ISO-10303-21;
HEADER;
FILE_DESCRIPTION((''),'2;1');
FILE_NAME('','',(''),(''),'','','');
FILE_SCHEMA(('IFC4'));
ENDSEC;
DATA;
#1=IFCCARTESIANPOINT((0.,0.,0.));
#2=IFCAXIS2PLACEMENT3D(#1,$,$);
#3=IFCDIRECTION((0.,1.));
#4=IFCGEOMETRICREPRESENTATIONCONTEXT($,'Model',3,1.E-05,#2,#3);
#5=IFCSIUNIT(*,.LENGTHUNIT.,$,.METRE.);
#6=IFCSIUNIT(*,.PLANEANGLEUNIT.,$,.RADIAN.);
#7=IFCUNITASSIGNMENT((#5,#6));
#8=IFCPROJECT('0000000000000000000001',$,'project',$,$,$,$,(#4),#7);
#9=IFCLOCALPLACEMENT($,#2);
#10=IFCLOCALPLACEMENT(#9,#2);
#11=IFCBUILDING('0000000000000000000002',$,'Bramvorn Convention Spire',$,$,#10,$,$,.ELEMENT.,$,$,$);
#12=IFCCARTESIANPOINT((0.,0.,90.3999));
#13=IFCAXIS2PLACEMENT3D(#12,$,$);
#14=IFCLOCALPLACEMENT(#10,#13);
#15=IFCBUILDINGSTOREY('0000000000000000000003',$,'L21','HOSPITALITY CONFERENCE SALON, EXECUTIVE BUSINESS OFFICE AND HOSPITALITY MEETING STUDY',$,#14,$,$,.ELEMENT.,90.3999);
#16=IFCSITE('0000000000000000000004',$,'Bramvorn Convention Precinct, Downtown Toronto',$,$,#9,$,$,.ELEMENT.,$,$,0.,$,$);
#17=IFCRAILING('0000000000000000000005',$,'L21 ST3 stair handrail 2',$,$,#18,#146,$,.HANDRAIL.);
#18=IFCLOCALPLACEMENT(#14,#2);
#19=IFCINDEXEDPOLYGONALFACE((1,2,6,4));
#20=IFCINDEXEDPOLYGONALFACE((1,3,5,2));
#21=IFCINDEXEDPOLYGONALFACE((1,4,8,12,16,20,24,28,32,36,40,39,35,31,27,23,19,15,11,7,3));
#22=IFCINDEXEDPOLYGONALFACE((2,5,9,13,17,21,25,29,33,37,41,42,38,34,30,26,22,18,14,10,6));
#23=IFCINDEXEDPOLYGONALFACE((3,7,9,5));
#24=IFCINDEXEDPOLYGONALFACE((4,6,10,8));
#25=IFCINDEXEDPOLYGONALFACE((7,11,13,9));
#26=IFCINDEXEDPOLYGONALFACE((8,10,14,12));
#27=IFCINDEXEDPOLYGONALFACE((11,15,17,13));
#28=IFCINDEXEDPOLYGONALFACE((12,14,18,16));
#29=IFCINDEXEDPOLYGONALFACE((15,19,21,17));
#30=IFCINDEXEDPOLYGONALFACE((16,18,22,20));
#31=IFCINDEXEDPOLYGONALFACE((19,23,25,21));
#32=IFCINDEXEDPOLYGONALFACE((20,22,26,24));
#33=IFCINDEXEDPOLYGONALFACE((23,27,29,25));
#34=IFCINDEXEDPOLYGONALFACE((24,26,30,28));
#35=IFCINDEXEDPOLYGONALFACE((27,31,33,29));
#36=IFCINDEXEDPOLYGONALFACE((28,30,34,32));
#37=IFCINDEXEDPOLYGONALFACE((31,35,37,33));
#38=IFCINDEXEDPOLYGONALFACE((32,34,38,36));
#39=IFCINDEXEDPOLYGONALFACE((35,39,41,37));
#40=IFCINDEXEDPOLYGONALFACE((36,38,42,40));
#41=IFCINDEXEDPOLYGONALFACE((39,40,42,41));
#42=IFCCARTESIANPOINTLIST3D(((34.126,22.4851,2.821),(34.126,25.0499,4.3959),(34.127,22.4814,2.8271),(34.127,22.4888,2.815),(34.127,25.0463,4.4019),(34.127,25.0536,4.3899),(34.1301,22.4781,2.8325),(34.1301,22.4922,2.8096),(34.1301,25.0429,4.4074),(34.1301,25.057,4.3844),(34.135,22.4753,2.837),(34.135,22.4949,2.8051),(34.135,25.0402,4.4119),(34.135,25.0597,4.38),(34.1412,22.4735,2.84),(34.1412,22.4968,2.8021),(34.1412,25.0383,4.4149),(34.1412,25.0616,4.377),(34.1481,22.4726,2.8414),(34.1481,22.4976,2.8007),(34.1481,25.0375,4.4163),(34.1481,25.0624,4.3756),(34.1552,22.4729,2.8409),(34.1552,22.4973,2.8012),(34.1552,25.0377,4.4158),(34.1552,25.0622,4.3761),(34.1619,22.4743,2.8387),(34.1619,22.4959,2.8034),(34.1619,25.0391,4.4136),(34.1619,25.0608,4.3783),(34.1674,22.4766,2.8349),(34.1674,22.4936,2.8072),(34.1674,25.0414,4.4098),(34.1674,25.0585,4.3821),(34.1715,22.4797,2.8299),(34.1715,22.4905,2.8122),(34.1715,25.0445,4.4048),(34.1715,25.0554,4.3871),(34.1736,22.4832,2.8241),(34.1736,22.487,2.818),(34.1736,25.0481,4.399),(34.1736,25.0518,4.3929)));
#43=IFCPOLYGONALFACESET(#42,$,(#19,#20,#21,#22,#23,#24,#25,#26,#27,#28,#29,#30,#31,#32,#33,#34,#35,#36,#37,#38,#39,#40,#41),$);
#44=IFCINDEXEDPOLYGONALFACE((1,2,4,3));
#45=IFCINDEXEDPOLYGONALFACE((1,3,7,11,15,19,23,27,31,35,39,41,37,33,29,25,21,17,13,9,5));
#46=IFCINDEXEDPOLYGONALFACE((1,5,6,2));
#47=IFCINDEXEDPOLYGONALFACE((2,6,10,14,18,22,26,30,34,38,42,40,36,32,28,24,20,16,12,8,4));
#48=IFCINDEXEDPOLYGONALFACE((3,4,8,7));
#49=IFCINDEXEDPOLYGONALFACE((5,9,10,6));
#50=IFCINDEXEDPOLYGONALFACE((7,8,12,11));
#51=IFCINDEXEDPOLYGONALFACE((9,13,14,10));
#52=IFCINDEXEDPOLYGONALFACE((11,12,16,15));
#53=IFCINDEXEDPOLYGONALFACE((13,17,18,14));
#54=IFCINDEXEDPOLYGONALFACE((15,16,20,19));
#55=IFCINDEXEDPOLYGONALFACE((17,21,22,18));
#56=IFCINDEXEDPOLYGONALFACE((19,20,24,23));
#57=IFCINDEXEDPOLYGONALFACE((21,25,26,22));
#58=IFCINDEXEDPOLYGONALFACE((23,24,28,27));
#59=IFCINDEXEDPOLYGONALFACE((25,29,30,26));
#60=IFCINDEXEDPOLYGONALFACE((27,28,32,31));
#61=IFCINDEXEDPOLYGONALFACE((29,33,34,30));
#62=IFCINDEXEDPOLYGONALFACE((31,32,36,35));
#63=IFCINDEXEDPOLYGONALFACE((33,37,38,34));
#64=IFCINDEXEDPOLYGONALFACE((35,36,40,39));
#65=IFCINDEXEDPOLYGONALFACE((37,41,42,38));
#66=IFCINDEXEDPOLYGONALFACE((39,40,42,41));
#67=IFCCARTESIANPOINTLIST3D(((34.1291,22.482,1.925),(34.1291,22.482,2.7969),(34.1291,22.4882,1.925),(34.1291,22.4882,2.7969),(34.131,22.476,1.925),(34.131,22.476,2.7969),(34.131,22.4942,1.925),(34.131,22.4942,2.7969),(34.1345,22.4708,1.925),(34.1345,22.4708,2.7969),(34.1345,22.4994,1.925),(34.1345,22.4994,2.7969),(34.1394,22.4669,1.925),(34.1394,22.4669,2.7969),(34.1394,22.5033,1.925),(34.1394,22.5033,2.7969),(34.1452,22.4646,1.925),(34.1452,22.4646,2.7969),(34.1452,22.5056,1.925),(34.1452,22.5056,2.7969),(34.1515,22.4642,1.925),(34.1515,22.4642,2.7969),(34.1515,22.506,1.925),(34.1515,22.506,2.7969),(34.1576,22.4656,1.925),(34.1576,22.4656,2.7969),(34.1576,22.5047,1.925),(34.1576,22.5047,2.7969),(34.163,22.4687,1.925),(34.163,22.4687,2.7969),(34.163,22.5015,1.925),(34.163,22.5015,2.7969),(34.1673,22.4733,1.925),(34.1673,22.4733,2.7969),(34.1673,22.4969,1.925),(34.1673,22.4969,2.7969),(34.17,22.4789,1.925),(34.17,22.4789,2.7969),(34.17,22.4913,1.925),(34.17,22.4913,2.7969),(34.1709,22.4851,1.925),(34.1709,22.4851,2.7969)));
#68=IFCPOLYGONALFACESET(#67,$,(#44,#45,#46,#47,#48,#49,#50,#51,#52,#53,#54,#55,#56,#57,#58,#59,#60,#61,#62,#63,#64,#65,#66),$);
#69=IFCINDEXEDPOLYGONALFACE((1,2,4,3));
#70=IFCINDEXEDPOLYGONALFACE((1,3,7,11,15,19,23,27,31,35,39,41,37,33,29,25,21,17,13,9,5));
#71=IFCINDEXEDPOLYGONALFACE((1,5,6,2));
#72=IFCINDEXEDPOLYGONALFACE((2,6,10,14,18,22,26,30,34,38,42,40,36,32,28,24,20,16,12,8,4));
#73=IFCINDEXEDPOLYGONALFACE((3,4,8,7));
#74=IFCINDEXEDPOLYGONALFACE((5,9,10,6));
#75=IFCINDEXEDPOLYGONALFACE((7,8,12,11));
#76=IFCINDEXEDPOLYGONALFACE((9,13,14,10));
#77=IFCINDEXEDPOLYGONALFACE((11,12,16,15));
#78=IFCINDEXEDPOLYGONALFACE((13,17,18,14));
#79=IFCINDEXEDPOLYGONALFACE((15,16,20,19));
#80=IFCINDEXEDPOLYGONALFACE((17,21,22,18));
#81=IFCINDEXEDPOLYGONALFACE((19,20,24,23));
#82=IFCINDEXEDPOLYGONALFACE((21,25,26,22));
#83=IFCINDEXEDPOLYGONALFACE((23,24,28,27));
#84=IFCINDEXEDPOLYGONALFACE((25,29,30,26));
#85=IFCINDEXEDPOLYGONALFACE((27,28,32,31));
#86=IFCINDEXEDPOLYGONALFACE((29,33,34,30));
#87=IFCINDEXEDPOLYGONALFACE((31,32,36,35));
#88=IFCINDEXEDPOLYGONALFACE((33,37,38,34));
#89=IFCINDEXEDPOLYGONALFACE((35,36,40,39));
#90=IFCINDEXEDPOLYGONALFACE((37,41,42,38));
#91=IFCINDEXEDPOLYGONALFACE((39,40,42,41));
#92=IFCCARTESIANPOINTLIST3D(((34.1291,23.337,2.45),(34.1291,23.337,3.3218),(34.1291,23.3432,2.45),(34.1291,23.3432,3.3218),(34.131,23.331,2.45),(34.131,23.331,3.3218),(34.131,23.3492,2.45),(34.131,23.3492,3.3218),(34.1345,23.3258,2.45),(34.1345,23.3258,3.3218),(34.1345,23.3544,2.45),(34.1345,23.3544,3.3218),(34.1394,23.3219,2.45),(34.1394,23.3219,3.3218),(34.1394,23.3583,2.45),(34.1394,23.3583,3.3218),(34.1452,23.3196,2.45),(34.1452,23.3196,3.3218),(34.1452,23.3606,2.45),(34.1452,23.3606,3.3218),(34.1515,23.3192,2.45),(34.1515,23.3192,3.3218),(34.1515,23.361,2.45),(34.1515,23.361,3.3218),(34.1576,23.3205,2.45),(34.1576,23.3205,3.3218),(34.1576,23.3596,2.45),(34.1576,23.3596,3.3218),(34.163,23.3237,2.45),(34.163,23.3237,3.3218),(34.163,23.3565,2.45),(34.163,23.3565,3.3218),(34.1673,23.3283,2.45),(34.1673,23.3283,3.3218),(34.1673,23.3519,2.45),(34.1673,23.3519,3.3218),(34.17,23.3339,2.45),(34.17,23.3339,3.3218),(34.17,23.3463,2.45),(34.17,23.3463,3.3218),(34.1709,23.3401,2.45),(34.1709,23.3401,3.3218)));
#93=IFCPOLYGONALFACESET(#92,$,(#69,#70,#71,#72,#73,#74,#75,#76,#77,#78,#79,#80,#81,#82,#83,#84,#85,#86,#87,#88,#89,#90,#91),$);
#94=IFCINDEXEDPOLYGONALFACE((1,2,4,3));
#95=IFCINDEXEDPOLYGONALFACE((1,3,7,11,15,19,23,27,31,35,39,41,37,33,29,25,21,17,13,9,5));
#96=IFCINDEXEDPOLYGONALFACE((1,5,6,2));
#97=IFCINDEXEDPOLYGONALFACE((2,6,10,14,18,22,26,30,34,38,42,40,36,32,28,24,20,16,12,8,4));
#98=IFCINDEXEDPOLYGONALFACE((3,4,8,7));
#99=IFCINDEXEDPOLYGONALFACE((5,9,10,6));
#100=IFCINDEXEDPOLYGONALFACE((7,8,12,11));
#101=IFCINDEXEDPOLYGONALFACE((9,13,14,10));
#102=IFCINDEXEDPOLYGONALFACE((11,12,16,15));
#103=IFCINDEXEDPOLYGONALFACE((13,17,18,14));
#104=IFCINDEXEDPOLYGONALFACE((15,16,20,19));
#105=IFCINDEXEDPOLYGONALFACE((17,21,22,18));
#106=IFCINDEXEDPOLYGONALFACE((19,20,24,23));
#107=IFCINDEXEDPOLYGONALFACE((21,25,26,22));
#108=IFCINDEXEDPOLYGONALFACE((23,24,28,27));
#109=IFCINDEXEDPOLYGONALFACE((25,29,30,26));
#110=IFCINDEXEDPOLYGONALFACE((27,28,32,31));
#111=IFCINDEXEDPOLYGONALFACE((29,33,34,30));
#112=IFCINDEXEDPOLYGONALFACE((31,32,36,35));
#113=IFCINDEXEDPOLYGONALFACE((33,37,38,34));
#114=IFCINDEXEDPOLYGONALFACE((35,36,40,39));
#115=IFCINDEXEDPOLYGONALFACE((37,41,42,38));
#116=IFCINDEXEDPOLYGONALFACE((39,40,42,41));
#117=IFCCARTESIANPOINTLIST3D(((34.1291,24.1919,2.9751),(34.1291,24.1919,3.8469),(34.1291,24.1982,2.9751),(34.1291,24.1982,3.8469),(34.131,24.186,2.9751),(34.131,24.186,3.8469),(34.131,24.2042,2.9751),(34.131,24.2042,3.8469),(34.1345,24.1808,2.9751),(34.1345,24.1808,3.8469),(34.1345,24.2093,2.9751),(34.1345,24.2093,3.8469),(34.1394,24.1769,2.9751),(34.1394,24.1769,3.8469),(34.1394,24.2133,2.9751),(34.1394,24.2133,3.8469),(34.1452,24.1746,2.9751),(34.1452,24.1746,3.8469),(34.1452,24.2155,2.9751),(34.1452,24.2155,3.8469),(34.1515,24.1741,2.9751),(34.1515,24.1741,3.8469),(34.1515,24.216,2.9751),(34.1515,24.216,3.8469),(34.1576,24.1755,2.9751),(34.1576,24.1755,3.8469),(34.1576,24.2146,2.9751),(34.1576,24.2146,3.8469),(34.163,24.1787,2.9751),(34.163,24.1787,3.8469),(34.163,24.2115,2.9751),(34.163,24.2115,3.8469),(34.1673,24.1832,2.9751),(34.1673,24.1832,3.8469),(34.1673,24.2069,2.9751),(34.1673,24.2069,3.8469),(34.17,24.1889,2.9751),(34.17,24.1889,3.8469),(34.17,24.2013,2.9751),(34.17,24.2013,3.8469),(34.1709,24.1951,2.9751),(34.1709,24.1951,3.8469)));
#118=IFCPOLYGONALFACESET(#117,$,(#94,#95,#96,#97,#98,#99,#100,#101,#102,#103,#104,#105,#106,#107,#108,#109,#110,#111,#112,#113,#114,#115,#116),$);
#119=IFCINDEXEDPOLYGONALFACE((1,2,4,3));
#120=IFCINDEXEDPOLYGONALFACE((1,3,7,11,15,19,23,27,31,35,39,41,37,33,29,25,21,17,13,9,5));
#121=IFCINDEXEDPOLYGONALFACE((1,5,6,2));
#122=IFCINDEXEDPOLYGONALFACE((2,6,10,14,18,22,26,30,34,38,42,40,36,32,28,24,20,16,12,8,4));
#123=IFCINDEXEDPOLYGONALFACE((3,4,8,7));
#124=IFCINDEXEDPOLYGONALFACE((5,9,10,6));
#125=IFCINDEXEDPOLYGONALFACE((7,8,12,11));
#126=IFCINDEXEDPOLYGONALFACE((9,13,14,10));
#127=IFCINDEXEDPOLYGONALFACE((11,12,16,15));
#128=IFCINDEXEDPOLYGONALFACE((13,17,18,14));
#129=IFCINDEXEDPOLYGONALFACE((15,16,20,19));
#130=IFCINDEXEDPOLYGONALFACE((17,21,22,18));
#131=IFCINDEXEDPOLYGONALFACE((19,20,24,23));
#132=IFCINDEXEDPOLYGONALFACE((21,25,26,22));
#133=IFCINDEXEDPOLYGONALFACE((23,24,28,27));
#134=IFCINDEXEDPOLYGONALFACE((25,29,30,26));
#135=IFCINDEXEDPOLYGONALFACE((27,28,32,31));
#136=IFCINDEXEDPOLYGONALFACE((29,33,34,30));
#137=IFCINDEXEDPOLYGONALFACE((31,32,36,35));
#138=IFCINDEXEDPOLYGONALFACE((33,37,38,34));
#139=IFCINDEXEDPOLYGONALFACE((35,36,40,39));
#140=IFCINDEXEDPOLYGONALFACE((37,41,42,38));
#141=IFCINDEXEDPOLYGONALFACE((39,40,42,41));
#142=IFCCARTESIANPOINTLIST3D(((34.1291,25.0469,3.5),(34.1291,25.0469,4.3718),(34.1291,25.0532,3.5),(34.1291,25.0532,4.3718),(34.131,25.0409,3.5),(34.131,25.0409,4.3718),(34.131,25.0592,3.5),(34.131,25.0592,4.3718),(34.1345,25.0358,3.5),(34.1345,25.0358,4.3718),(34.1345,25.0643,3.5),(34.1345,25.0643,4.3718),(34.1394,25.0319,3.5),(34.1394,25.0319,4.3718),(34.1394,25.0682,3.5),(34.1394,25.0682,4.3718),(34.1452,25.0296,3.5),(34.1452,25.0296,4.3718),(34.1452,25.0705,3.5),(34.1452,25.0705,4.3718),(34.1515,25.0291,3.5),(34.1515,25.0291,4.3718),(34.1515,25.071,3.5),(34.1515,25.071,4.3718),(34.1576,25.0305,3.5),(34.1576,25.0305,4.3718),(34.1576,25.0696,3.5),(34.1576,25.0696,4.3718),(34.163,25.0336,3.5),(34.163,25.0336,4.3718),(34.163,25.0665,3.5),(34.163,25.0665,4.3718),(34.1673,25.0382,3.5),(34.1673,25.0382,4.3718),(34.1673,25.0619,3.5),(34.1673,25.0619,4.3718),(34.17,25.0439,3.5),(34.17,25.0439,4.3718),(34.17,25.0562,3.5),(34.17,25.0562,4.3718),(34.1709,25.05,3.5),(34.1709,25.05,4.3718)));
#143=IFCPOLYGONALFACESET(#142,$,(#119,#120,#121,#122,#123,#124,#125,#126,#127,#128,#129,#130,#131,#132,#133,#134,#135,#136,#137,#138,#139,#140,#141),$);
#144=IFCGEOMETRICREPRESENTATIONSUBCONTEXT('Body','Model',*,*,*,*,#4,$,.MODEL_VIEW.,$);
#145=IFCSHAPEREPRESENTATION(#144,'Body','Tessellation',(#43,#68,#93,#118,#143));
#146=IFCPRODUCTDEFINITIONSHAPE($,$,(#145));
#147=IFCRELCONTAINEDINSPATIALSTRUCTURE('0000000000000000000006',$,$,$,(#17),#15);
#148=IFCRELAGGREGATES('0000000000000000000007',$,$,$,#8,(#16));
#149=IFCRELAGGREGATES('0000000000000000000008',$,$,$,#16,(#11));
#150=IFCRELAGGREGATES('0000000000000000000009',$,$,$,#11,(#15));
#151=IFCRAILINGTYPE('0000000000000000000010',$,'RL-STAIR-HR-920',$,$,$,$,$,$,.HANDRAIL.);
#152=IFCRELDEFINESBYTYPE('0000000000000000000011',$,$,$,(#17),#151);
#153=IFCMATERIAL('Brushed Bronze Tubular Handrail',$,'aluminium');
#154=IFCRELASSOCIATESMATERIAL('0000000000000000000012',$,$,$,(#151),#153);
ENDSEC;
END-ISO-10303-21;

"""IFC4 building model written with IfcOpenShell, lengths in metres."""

from ifc_helpers import new_model, si_unit, direction, frame, origin, origin_2d, place, context, subcontext, project, spatial, circle, extrude, material, type_object, element, save


model = new_model("IFC4")

# Units and contexts
model_context = context("Model", 3, precision=1e-05, world=origin(), true_north=direction((0.0, 1.0)))
body_context = subcontext(model_context, "Body", "Model", "MODEL_VIEW")
ifc_project = project(units=[si_unit("LENGTHUNIT", "METRE"), si_unit("PLANEANGLEUNIT", "RADIAN")], contexts=[model_context])

# Site, building, storey
site_placement = place(None, origin())
site = spatial("IfcSite", under=ifc_project, at=site_placement, Name="Bramvorn Convention Precinct, Downtown Toronto", CompositionType="ELEMENT", RefElevation=0.0)
building_placement = place(site_placement, origin())
building = spatial("IfcBuilding", under=site, at=building_placement, Name="Bramvorn Convention Spire", CompositionType="ELEMENT")
storey_placement = place(building_placement, frame((0.0, 0.0, 90.3999)))
storey = spatial("IfcBuildingStorey", under=building, at=storey_placement, Name="L21", Description="HOSPITALITY CONFERENCE SALON, EXECUTIVE BUSINESS OFFICE AND HOSPITALITY MEETING STUDY", CompositionType="ELEMENT", Elevation=90.3999)

# Railing
ifc_material_1 = material(Name="Brushed Bronze Tubular Handrail", Category="aluminium")
railing_type_1 = type_object("IfcRailingType", Name="RL-STAIR-HR-920", PredefinedType="HANDRAIL", material=ifc_material_1)
for number, where, name in (
    (1, (34.1499, 22.4851, 1.925), "L21 ST3 stair handrail 2"),
):
    element("IfcRailing", number, at=place(storey_placement, frame(where)), inside=storey, type_object=railing_type_1, Name=name, PredefinedType="HANDRAIL", context=body_context, shape_type="SweptSolid", body=[
        extrude(circle(Radius=0.0239, at=origin_2d()), frame((0.0, 0.0, 0.896), z_axis=(0.0, 0.852173, 0.52326), x_axis=(-1.0, 0.0, 0.0)), (0.0, 0.0, 1.0), 3.0098),
        extrude(circle(Radius=0.021, at=origin_2d()), origin(), (0.0, 0.0, 1.0), 0.8718),
        extrude(circle(Radius=0.021, at=origin_2d()), frame((0.0, 0.855, 0.5249)), (0.0, 0.0, 1.0), 0.8718),
        extrude(circle(Radius=0.021, at=origin_2d()), frame((0.0, 1.71, 1.05)), (0.0, 0.0, 1.0), 0.8718),
        extrude(circle(Radius=0.021, at=origin_2d()), frame((0.0, 2.5649, 1.575)), (0.0, 0.0, 1.0), 0.8718),
    ])

save(model, "model.ifc")
